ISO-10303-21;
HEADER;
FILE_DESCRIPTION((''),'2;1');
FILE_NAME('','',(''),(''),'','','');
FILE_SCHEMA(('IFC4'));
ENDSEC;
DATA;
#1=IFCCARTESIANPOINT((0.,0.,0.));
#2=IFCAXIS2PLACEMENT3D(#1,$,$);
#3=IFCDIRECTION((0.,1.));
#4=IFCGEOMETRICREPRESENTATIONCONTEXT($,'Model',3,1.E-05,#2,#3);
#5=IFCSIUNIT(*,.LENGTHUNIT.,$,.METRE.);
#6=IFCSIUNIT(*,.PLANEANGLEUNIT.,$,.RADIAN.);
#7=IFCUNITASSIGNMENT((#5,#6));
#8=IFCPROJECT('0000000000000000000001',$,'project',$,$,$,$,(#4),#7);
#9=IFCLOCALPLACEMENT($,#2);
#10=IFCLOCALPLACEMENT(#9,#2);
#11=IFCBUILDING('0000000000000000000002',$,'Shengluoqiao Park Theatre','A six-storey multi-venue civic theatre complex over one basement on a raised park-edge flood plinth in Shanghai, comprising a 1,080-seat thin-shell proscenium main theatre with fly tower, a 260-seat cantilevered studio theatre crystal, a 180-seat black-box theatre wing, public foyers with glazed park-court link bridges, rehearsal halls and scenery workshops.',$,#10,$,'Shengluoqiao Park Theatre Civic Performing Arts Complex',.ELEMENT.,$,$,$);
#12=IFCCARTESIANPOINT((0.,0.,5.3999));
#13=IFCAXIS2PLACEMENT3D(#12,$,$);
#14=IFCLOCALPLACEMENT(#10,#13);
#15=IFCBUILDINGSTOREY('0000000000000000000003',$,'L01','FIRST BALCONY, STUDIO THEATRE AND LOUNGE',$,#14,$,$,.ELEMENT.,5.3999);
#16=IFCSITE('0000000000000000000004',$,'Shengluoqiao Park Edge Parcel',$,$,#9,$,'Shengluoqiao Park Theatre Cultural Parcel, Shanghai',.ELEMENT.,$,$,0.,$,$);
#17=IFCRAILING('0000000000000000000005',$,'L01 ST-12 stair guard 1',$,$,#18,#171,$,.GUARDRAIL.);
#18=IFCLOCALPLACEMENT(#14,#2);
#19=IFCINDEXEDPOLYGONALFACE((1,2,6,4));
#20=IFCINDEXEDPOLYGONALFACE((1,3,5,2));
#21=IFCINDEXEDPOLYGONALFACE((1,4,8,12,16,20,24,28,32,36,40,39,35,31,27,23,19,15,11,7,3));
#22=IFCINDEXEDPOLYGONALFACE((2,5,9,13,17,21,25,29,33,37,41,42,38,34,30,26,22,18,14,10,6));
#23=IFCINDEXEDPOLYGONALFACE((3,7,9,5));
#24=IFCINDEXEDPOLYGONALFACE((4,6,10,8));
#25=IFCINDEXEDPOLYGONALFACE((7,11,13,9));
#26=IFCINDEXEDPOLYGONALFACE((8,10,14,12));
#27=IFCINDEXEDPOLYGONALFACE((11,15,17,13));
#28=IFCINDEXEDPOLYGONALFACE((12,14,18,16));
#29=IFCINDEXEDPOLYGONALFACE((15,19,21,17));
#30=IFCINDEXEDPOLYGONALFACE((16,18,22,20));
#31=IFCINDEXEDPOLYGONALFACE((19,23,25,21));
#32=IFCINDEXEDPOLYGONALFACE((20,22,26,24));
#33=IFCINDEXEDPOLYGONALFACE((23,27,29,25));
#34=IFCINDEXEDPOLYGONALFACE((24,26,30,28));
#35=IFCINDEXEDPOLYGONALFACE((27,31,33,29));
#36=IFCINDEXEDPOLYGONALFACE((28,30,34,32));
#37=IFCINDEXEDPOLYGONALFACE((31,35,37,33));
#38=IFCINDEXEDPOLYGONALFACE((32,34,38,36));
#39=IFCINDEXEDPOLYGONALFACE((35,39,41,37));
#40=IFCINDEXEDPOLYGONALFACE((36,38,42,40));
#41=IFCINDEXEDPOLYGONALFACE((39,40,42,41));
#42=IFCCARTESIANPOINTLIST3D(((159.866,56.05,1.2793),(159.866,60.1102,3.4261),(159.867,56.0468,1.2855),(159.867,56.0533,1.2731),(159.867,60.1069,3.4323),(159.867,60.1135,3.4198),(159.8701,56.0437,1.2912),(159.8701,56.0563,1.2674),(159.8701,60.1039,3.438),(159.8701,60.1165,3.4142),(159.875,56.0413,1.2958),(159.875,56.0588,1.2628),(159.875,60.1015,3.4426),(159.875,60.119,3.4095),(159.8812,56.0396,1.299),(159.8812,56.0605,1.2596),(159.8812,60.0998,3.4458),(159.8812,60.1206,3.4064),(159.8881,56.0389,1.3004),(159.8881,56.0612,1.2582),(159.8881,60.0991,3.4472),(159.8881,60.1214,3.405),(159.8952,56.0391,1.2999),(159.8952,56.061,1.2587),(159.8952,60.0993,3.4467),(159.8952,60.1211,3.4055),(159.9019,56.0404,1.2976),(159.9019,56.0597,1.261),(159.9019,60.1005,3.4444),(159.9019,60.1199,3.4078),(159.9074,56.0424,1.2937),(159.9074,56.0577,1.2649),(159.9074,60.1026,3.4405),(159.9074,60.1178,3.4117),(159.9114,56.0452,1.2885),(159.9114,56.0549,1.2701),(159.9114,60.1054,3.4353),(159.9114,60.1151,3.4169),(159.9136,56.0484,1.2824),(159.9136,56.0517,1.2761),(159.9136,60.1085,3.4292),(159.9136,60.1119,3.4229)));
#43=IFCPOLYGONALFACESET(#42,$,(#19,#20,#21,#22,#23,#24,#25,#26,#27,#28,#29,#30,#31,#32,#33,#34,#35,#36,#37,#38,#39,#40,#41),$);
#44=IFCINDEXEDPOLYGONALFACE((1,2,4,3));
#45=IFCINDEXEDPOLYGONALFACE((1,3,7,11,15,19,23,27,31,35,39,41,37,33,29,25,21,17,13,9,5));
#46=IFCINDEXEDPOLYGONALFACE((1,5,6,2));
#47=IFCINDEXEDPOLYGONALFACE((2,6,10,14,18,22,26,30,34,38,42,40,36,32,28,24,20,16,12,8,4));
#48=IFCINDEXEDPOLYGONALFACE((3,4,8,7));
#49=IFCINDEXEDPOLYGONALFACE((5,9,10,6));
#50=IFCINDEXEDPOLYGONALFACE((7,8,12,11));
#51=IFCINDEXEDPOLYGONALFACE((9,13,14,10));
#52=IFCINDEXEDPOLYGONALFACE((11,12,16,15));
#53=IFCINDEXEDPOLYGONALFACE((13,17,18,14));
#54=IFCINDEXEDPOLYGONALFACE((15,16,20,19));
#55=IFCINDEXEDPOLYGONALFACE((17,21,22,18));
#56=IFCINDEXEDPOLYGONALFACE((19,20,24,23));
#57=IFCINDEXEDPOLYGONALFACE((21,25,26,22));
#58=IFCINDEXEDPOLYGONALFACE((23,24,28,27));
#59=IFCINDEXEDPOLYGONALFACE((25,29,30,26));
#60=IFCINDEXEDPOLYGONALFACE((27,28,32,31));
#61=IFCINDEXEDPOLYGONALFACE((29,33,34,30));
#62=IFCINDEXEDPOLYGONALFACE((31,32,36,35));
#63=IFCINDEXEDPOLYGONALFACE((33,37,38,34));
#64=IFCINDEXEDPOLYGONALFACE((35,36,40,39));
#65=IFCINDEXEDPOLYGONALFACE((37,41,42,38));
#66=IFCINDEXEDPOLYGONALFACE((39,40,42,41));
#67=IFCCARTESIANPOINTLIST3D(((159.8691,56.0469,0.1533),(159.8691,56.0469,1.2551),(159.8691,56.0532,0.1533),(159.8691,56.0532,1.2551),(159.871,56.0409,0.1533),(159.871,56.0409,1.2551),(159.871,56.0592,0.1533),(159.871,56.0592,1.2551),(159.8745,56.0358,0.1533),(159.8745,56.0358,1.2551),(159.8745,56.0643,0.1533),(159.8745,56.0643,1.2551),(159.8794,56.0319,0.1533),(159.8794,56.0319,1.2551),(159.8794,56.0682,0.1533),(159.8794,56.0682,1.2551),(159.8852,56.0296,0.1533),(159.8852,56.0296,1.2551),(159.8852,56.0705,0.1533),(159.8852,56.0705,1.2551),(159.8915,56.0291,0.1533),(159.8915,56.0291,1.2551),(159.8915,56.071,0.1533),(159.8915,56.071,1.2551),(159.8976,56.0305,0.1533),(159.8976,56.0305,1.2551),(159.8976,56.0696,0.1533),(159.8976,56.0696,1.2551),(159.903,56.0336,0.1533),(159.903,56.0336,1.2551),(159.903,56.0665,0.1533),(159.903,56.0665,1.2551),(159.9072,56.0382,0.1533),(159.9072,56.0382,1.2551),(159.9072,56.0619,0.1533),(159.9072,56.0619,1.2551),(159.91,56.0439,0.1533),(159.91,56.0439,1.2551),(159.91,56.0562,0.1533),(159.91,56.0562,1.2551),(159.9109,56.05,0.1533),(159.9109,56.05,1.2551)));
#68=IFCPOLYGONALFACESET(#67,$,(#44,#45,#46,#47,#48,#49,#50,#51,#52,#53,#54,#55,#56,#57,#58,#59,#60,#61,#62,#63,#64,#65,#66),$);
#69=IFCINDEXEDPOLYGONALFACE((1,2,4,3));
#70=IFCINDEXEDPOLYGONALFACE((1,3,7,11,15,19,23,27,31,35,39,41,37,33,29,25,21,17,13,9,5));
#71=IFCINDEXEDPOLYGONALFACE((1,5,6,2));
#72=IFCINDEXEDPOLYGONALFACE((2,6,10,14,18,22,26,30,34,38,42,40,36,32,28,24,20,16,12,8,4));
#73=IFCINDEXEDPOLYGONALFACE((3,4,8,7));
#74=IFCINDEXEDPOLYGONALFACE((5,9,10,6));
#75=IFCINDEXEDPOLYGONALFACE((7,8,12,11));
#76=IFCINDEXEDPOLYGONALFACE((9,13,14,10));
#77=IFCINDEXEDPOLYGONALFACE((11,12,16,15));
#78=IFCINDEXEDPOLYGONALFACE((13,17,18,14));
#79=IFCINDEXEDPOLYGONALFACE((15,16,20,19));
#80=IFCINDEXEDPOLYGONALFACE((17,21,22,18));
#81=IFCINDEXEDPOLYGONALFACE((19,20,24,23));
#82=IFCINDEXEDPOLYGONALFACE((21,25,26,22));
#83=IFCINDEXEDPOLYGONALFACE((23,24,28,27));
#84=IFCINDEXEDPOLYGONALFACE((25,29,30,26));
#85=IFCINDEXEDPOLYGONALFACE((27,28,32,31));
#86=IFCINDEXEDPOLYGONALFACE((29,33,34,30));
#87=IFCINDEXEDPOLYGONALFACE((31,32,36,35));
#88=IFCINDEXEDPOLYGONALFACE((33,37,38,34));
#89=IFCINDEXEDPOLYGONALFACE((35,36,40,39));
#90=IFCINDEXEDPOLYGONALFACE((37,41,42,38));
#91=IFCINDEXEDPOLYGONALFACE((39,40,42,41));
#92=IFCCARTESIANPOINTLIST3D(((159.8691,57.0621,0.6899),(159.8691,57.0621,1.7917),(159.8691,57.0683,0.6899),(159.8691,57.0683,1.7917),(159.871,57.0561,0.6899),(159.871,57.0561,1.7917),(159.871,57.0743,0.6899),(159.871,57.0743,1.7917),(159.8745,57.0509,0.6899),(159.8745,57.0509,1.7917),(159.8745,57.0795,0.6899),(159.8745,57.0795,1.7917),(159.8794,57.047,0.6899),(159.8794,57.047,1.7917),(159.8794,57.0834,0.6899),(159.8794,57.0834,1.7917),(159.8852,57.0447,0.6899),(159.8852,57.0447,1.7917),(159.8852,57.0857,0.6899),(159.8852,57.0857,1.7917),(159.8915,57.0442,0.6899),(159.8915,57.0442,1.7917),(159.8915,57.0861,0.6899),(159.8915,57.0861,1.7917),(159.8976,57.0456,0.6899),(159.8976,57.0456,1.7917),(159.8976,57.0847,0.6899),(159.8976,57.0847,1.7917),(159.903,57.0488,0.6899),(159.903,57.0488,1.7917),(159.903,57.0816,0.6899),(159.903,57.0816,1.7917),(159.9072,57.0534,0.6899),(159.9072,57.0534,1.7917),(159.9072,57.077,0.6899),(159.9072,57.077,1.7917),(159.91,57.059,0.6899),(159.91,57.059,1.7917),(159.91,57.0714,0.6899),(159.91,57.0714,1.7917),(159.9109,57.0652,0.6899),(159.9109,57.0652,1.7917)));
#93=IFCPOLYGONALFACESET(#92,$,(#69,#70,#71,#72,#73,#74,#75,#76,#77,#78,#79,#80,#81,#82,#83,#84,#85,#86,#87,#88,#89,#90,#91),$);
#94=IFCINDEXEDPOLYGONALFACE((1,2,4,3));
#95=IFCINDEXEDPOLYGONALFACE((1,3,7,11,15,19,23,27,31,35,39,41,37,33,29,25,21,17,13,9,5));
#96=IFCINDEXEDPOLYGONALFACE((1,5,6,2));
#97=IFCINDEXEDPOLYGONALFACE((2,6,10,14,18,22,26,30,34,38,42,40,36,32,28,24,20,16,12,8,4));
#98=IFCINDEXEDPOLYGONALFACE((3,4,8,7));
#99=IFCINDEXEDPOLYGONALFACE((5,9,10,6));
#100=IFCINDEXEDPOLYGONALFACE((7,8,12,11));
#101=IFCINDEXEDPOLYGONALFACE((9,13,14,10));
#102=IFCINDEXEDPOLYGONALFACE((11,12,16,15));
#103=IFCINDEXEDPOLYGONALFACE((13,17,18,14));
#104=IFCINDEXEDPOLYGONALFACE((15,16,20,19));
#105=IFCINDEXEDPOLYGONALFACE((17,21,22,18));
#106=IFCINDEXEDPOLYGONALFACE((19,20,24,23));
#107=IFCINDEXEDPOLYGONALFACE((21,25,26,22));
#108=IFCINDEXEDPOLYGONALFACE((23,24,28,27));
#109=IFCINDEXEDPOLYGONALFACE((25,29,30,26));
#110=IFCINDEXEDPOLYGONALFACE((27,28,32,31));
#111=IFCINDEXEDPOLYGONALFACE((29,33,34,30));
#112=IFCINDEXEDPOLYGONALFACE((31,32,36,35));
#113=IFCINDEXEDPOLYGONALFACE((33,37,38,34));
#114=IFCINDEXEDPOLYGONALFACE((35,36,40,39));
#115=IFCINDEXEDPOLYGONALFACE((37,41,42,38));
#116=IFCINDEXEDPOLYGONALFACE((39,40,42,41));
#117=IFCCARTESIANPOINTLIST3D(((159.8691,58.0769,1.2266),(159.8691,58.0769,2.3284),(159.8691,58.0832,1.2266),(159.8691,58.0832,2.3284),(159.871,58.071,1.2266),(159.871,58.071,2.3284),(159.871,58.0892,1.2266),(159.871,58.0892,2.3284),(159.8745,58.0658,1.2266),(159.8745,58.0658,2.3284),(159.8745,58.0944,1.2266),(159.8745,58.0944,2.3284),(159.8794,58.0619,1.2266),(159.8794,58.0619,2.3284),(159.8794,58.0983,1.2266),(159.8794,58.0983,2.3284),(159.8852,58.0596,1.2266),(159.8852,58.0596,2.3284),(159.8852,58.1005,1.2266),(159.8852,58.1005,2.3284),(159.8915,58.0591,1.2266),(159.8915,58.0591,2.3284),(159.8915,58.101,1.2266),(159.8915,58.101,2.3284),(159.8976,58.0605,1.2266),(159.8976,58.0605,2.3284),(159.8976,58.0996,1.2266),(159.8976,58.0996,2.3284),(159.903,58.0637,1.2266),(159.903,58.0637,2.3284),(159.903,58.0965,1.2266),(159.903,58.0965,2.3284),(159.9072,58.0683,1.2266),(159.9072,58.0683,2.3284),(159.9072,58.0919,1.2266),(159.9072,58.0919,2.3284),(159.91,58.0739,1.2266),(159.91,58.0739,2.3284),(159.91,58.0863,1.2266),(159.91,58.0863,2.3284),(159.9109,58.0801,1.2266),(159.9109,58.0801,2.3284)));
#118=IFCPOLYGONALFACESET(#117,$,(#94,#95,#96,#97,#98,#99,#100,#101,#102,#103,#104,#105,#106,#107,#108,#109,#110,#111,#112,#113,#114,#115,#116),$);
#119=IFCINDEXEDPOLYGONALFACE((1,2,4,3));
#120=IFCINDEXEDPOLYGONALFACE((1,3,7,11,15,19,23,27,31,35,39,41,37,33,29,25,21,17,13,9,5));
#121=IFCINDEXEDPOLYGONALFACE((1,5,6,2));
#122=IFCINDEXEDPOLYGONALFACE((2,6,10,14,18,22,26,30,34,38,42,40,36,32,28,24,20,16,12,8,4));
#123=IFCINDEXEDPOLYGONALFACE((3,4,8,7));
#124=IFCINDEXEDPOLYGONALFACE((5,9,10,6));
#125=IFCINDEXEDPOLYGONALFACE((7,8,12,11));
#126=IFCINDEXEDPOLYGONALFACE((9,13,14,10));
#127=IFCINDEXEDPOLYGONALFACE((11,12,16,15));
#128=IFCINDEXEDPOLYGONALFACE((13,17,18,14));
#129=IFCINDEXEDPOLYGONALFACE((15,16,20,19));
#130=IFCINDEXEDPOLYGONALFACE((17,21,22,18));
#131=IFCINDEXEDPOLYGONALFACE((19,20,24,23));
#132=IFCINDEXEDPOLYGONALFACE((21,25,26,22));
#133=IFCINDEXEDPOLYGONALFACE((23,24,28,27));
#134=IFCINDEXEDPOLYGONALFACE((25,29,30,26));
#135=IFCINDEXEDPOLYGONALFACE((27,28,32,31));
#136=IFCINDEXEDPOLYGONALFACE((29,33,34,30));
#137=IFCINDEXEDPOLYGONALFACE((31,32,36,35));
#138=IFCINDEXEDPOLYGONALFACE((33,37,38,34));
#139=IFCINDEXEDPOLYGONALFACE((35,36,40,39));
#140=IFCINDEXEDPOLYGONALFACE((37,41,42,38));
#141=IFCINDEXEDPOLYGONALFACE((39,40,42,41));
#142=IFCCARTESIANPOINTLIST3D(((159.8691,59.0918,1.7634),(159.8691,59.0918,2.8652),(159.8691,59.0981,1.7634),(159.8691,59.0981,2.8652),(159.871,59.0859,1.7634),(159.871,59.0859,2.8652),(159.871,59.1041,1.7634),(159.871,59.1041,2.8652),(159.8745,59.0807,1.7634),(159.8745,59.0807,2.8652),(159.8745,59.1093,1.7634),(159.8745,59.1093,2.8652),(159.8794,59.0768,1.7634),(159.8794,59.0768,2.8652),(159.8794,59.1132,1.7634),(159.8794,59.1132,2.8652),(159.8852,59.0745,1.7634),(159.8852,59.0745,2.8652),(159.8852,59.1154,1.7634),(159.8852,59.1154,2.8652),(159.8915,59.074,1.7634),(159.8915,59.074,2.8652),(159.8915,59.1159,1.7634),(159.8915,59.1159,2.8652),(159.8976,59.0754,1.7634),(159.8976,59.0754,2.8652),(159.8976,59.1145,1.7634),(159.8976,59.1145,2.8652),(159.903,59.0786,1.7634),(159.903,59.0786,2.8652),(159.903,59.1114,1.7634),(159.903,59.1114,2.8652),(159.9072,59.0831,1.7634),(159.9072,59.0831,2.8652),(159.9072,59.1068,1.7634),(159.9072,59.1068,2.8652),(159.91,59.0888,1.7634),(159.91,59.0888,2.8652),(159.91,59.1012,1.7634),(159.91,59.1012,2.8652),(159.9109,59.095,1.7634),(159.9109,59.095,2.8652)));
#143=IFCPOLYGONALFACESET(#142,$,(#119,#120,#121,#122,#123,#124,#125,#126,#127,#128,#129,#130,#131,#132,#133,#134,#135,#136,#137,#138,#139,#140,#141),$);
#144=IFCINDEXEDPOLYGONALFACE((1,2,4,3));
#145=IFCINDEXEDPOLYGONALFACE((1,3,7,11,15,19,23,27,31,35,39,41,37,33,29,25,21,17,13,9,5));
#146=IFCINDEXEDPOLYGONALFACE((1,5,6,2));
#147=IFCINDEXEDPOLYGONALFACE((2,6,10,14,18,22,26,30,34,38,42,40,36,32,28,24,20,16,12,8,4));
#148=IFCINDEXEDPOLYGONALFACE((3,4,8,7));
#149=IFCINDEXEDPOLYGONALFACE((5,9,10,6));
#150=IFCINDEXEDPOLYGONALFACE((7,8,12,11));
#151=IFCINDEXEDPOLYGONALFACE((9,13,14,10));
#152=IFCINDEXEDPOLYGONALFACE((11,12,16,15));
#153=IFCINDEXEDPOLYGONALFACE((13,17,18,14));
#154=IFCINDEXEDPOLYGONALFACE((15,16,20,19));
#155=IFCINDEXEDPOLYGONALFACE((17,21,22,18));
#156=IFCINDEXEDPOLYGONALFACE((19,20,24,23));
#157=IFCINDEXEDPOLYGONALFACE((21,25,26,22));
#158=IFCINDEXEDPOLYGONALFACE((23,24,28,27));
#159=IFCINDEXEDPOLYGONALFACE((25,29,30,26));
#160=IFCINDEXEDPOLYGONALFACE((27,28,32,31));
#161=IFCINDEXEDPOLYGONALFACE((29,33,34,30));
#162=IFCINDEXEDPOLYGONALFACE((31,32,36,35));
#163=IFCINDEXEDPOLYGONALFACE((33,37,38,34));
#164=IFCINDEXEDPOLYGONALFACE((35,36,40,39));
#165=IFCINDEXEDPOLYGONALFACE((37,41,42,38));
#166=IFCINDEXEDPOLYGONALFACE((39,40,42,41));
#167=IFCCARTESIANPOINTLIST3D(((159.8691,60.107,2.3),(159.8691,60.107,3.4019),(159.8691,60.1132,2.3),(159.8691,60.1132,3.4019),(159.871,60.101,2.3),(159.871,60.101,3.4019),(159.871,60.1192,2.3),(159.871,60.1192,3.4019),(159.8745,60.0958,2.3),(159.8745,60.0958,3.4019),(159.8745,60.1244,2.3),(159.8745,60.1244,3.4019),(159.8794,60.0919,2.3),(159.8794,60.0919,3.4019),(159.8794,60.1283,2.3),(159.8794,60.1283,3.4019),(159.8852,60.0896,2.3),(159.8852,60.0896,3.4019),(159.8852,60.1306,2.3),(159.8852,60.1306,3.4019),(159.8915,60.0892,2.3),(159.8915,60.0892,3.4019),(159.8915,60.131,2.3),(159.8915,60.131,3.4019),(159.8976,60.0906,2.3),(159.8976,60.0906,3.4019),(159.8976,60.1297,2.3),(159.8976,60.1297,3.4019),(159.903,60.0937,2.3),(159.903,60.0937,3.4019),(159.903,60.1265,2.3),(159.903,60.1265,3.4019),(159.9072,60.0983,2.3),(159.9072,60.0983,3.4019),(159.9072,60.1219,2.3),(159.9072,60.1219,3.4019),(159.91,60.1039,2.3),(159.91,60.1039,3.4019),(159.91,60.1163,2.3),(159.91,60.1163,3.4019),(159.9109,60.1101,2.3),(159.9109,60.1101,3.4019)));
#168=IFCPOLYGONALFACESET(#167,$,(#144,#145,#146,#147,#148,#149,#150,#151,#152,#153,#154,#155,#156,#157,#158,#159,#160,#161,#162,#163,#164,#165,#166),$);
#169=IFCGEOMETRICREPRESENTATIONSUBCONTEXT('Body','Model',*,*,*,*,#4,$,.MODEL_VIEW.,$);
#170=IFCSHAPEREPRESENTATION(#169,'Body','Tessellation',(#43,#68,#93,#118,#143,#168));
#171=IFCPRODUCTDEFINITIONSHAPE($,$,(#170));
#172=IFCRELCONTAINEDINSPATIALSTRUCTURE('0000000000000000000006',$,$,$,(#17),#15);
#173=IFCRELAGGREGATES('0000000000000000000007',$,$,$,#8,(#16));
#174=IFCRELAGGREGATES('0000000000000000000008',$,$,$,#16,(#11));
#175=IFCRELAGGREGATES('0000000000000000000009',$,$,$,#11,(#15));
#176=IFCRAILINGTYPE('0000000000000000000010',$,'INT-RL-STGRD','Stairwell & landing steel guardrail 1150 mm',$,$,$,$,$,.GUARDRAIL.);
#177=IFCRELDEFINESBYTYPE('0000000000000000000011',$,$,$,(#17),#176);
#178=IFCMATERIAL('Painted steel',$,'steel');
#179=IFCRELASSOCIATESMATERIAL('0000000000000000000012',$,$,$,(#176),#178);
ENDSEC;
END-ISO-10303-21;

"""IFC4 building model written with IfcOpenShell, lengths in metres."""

from ifc_helpers import new_model, si_unit, direction, frame, origin, origin_2d, place, context, subcontext, project, spatial, circle, extrude, material, type_object, element, save


model = new_model("IFC4")

# Units and contexts
model_context = context("Model", 3, precision=1e-05, world=origin(), true_north=direction((0.0, 1.0)))
body_context = subcontext(model_context, "Body", "Model", "MODEL_VIEW")
ifc_project = project(units=[si_unit("LENGTHUNIT", "METRE"), si_unit("PLANEANGLEUNIT", "RADIAN")], contexts=[model_context])

# Site, building, storey
site_placement = place(None, origin())
site = spatial("IfcSite", under=ifc_project, at=site_placement, Name="Shengluoqiao Park Edge Parcel", LongName="Shengluoqiao Park Theatre Cultural Parcel, Shanghai", CompositionType="ELEMENT", RefElevation=0.0)
building_placement = place(site_placement, origin())
building = spatial("IfcBuilding", under=site, at=building_placement, Name="Shengluoqiao Park Theatre", Description="A six-storey multi-venue civic theatre complex over one basement on a raised park-edge flood plinth in Shanghai, comprising a 1,080-seat thin-shell proscenium main theatre with fly tower, a 260-seat cantilevered studio theatre crystal, a 180-seat black-box theatre wing, public foyers with glazed park-court link bridges, rehearsal halls and scenery workshops.", LongName="Shengluoqiao Park Theatre Civic Performing Arts Complex", CompositionType="ELEMENT")
storey_placement = place(building_placement, frame((0.0, 0.0, 5.3999)))
storey = spatial("IfcBuildingStorey", under=building, at=storey_placement, Name="L01", Description="FIRST BALCONY, STUDIO THEATRE AND LOUNGE", CompositionType="ELEMENT", Elevation=5.3999)

# Railing
ifc_material_1 = material(Name="Painted steel", Category="steel")
railing_type_1 = type_object("IfcRailingType", Name="INT-RL-STGRD", Description="Stairwell & landing steel guardrail 1150 mm", PredefinedType="GUARDRAIL", material=ifc_material_1)
railing_1_placement = place(storey_placement, frame((159.8899, 56.05, 0.1533)))
element("IfcRailing", 1, at=railing_1_placement, inside=storey, type_object=railing_type_1, Name="L01 ST-12 stair guard 1", PredefinedType="GUARDRAIL", context=body_context, shape_type="SweptSolid", body=[
    extrude(circle(Radius=0.0239, at=origin_2d()), frame((0.0, 0.0, 1.126), z_axis=(0.0, 0.884032, 0.467426), x_axis=(-1.0, 0.0, 0.0)), (0.0, 0.0, 1.0), 4.5928),
    extrude(circle(Radius=0.021, at=origin_2d()), origin(), (0.0, 0.0, 1.0), 1.1018),
    extrude(circle(Radius=0.021, at=origin_2d()), frame((0.0, 1.0151, 0.5366)), (0.0, 0.0, 1.0), 1.1018),
    extrude(circle(Radius=0.021, at=origin_2d()), frame((0.0, 2.03, 1.0732)), (0.0, 0.0, 1.0), 1.1018),
    extrude(circle(Radius=0.021, at=origin_2d()), frame((0.0, 3.0449, 1.6101)), (0.0, 0.0, 1.0), 1.1018),
    extrude(circle(Radius=0.021, at=origin_2d()), frame((0.0, 4.0601, 2.1467)), (0.0, 0.0, 1.0), 1.1018),
])

save(model, "model.ifc")
